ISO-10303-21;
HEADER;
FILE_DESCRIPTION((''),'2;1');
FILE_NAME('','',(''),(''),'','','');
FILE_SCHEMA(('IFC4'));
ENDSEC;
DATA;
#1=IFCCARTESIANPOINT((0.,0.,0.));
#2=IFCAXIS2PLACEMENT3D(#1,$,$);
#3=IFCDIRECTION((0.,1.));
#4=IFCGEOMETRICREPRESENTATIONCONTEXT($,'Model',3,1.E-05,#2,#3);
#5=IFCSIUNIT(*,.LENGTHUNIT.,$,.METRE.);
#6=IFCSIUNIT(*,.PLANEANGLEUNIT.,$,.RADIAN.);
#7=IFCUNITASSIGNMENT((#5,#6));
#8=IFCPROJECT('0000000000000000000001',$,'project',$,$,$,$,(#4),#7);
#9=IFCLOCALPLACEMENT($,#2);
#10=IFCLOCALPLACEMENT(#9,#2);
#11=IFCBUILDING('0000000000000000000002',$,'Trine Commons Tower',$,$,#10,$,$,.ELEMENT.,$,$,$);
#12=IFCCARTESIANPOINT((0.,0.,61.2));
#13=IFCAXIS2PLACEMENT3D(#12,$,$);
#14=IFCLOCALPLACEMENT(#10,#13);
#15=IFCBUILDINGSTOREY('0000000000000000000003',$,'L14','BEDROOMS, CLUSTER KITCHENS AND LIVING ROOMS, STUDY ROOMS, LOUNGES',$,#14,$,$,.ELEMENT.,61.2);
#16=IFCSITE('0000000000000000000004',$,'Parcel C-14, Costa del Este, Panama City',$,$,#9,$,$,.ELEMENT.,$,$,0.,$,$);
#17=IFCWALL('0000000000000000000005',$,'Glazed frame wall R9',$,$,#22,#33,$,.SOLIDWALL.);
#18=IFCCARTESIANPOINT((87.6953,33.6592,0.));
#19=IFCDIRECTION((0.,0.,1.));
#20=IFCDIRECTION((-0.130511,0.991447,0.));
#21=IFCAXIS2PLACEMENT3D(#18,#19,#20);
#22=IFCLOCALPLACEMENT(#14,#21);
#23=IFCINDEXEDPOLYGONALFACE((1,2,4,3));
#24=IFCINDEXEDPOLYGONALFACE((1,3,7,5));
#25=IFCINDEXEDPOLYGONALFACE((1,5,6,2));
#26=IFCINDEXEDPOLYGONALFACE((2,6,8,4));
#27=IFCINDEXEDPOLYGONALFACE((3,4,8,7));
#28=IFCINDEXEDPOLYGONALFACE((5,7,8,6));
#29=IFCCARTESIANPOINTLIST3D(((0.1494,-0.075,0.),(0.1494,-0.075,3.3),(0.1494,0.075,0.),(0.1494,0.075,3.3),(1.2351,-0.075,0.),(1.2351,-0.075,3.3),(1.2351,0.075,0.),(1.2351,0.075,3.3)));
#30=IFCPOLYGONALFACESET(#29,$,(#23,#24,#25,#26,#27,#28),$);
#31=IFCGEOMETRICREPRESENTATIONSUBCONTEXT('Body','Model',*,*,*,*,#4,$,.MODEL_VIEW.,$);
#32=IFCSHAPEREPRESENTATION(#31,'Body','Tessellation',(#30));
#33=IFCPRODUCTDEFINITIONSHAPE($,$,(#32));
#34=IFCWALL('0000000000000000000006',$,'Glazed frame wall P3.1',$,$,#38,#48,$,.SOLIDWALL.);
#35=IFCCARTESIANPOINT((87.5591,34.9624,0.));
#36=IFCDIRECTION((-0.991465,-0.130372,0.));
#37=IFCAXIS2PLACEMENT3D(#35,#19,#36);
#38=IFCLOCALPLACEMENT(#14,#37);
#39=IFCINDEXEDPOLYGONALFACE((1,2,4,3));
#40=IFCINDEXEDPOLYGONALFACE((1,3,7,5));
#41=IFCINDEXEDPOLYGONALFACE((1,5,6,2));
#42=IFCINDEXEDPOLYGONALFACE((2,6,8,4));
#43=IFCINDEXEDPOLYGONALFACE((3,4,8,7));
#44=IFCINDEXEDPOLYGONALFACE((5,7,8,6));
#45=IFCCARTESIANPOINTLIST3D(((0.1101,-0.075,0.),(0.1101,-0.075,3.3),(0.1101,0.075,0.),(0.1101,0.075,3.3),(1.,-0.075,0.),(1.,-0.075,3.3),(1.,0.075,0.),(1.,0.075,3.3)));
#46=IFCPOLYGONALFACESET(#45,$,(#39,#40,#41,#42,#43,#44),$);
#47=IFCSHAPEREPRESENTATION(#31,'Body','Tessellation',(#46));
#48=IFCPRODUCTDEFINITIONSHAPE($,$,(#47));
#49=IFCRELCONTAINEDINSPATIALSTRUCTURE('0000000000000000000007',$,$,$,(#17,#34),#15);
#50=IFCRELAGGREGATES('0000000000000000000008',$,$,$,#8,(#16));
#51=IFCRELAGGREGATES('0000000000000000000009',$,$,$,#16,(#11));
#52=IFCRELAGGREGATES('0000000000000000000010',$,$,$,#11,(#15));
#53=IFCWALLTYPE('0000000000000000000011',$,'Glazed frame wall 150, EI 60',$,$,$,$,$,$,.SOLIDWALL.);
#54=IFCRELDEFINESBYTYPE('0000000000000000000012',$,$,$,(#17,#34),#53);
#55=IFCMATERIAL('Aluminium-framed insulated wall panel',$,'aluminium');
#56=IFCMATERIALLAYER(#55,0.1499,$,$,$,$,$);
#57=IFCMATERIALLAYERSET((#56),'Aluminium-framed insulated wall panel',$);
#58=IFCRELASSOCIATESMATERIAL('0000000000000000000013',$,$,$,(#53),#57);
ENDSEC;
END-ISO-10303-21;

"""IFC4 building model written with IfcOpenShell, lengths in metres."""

from ifc_helpers import new_model, si_unit, direction, frame, origin, place, context, subcontext, project, spatial, polyline, outline, extrude, material, layer, layer_set, type_object, element, save


model = new_model("IFC4")

# Units and contexts
model_context = context("Model", 3, precision=1e-05, world=origin(), true_north=direction((0.0, 1.0)))
body_context = subcontext(model_context, "Body", "Model", "MODEL_VIEW")
ifc_project = project(units=[si_unit("LENGTHUNIT", "METRE"), si_unit("PLANEANGLEUNIT", "RADIAN")], contexts=[model_context])

# Site, building, storey
site_placement = place(None, origin())
site = spatial("IfcSite", under=ifc_project, at=site_placement, Name="Parcel C-14, Costa del Este, Panama City", CompositionType="ELEMENT", RefElevation=0.0)
building_placement = place(site_placement, origin())
building = spatial("IfcBuilding", under=site, at=building_placement, Name="Trine Commons Tower", CompositionType="ELEMENT")
storey_placement = place(building_placement, frame((0.0, 0.0, 61.2)))
storey = spatial("IfcBuildingStorey", under=building, at=storey_placement, Name="L14", Description="BEDROOMS, CLUSTER KITCHENS AND LIVING ROOMS, STUDY ROOMS, LOUNGES", CompositionType="ELEMENT", Elevation=61.2)

# Walls
ifc_material_1 = material(Name="Aluminium-framed insulated wall panel", Category="aluminium")
ifc_layer_1 = layer(ifc_material_1, 0.1499)
ifc_layer_set_1 = layer_set([ifc_layer_1], Name="Aluminium-framed insulated wall panel")
wall_type_1 = type_object("IfcWallType", Name="Glazed frame wall 150, EI 60", PredefinedType="SOLIDWALL", material=ifc_layer_set_1)
wall_1_placement = place(storey_placement, frame((87.6953, 33.6592, 0.0), z_axis=(0.0, 0.0, 1.0), x_axis=(-0.130511, 0.991447, 0.0)))
element("IfcWall", 1, at=wall_1_placement, inside=storey, type_object=wall_type_1, Name="Glazed frame wall R9", PredefinedType="SOLIDWALL", context=body_context, shape_type="SweptSolid", body=[
    extrude(outline(polyline([(0.1494, 0.075), (0.1494, -0.075), (1.2351, -0.075), (1.2351, 0.075), (0.1494, 0.075)])), origin(), (0.0, 0.0, 1.0), 3.3),
])
wall_2_placement = place(storey_placement, frame((87.5591, 34.9624, 0.0), z_axis=(0.0, 0.0, 1.0), x_axis=(-0.991465, -0.130372, 0.0)))
element("IfcWall", 2, at=wall_2_placement, inside=storey, type_object=wall_type_1, Name="Glazed frame wall P3.1", PredefinedType="SOLIDWALL", context=body_context, shape_type="SweptSolid", body=[
    extrude(outline(polyline([(0.1101, -0.075), (1.0, -0.075), (1.0, 0.075), (0.1101, 0.075), (0.1101, -0.075)])), origin(), (0.0, 0.0, 1.0), 3.3),
])

save(model, "model.ifc")
